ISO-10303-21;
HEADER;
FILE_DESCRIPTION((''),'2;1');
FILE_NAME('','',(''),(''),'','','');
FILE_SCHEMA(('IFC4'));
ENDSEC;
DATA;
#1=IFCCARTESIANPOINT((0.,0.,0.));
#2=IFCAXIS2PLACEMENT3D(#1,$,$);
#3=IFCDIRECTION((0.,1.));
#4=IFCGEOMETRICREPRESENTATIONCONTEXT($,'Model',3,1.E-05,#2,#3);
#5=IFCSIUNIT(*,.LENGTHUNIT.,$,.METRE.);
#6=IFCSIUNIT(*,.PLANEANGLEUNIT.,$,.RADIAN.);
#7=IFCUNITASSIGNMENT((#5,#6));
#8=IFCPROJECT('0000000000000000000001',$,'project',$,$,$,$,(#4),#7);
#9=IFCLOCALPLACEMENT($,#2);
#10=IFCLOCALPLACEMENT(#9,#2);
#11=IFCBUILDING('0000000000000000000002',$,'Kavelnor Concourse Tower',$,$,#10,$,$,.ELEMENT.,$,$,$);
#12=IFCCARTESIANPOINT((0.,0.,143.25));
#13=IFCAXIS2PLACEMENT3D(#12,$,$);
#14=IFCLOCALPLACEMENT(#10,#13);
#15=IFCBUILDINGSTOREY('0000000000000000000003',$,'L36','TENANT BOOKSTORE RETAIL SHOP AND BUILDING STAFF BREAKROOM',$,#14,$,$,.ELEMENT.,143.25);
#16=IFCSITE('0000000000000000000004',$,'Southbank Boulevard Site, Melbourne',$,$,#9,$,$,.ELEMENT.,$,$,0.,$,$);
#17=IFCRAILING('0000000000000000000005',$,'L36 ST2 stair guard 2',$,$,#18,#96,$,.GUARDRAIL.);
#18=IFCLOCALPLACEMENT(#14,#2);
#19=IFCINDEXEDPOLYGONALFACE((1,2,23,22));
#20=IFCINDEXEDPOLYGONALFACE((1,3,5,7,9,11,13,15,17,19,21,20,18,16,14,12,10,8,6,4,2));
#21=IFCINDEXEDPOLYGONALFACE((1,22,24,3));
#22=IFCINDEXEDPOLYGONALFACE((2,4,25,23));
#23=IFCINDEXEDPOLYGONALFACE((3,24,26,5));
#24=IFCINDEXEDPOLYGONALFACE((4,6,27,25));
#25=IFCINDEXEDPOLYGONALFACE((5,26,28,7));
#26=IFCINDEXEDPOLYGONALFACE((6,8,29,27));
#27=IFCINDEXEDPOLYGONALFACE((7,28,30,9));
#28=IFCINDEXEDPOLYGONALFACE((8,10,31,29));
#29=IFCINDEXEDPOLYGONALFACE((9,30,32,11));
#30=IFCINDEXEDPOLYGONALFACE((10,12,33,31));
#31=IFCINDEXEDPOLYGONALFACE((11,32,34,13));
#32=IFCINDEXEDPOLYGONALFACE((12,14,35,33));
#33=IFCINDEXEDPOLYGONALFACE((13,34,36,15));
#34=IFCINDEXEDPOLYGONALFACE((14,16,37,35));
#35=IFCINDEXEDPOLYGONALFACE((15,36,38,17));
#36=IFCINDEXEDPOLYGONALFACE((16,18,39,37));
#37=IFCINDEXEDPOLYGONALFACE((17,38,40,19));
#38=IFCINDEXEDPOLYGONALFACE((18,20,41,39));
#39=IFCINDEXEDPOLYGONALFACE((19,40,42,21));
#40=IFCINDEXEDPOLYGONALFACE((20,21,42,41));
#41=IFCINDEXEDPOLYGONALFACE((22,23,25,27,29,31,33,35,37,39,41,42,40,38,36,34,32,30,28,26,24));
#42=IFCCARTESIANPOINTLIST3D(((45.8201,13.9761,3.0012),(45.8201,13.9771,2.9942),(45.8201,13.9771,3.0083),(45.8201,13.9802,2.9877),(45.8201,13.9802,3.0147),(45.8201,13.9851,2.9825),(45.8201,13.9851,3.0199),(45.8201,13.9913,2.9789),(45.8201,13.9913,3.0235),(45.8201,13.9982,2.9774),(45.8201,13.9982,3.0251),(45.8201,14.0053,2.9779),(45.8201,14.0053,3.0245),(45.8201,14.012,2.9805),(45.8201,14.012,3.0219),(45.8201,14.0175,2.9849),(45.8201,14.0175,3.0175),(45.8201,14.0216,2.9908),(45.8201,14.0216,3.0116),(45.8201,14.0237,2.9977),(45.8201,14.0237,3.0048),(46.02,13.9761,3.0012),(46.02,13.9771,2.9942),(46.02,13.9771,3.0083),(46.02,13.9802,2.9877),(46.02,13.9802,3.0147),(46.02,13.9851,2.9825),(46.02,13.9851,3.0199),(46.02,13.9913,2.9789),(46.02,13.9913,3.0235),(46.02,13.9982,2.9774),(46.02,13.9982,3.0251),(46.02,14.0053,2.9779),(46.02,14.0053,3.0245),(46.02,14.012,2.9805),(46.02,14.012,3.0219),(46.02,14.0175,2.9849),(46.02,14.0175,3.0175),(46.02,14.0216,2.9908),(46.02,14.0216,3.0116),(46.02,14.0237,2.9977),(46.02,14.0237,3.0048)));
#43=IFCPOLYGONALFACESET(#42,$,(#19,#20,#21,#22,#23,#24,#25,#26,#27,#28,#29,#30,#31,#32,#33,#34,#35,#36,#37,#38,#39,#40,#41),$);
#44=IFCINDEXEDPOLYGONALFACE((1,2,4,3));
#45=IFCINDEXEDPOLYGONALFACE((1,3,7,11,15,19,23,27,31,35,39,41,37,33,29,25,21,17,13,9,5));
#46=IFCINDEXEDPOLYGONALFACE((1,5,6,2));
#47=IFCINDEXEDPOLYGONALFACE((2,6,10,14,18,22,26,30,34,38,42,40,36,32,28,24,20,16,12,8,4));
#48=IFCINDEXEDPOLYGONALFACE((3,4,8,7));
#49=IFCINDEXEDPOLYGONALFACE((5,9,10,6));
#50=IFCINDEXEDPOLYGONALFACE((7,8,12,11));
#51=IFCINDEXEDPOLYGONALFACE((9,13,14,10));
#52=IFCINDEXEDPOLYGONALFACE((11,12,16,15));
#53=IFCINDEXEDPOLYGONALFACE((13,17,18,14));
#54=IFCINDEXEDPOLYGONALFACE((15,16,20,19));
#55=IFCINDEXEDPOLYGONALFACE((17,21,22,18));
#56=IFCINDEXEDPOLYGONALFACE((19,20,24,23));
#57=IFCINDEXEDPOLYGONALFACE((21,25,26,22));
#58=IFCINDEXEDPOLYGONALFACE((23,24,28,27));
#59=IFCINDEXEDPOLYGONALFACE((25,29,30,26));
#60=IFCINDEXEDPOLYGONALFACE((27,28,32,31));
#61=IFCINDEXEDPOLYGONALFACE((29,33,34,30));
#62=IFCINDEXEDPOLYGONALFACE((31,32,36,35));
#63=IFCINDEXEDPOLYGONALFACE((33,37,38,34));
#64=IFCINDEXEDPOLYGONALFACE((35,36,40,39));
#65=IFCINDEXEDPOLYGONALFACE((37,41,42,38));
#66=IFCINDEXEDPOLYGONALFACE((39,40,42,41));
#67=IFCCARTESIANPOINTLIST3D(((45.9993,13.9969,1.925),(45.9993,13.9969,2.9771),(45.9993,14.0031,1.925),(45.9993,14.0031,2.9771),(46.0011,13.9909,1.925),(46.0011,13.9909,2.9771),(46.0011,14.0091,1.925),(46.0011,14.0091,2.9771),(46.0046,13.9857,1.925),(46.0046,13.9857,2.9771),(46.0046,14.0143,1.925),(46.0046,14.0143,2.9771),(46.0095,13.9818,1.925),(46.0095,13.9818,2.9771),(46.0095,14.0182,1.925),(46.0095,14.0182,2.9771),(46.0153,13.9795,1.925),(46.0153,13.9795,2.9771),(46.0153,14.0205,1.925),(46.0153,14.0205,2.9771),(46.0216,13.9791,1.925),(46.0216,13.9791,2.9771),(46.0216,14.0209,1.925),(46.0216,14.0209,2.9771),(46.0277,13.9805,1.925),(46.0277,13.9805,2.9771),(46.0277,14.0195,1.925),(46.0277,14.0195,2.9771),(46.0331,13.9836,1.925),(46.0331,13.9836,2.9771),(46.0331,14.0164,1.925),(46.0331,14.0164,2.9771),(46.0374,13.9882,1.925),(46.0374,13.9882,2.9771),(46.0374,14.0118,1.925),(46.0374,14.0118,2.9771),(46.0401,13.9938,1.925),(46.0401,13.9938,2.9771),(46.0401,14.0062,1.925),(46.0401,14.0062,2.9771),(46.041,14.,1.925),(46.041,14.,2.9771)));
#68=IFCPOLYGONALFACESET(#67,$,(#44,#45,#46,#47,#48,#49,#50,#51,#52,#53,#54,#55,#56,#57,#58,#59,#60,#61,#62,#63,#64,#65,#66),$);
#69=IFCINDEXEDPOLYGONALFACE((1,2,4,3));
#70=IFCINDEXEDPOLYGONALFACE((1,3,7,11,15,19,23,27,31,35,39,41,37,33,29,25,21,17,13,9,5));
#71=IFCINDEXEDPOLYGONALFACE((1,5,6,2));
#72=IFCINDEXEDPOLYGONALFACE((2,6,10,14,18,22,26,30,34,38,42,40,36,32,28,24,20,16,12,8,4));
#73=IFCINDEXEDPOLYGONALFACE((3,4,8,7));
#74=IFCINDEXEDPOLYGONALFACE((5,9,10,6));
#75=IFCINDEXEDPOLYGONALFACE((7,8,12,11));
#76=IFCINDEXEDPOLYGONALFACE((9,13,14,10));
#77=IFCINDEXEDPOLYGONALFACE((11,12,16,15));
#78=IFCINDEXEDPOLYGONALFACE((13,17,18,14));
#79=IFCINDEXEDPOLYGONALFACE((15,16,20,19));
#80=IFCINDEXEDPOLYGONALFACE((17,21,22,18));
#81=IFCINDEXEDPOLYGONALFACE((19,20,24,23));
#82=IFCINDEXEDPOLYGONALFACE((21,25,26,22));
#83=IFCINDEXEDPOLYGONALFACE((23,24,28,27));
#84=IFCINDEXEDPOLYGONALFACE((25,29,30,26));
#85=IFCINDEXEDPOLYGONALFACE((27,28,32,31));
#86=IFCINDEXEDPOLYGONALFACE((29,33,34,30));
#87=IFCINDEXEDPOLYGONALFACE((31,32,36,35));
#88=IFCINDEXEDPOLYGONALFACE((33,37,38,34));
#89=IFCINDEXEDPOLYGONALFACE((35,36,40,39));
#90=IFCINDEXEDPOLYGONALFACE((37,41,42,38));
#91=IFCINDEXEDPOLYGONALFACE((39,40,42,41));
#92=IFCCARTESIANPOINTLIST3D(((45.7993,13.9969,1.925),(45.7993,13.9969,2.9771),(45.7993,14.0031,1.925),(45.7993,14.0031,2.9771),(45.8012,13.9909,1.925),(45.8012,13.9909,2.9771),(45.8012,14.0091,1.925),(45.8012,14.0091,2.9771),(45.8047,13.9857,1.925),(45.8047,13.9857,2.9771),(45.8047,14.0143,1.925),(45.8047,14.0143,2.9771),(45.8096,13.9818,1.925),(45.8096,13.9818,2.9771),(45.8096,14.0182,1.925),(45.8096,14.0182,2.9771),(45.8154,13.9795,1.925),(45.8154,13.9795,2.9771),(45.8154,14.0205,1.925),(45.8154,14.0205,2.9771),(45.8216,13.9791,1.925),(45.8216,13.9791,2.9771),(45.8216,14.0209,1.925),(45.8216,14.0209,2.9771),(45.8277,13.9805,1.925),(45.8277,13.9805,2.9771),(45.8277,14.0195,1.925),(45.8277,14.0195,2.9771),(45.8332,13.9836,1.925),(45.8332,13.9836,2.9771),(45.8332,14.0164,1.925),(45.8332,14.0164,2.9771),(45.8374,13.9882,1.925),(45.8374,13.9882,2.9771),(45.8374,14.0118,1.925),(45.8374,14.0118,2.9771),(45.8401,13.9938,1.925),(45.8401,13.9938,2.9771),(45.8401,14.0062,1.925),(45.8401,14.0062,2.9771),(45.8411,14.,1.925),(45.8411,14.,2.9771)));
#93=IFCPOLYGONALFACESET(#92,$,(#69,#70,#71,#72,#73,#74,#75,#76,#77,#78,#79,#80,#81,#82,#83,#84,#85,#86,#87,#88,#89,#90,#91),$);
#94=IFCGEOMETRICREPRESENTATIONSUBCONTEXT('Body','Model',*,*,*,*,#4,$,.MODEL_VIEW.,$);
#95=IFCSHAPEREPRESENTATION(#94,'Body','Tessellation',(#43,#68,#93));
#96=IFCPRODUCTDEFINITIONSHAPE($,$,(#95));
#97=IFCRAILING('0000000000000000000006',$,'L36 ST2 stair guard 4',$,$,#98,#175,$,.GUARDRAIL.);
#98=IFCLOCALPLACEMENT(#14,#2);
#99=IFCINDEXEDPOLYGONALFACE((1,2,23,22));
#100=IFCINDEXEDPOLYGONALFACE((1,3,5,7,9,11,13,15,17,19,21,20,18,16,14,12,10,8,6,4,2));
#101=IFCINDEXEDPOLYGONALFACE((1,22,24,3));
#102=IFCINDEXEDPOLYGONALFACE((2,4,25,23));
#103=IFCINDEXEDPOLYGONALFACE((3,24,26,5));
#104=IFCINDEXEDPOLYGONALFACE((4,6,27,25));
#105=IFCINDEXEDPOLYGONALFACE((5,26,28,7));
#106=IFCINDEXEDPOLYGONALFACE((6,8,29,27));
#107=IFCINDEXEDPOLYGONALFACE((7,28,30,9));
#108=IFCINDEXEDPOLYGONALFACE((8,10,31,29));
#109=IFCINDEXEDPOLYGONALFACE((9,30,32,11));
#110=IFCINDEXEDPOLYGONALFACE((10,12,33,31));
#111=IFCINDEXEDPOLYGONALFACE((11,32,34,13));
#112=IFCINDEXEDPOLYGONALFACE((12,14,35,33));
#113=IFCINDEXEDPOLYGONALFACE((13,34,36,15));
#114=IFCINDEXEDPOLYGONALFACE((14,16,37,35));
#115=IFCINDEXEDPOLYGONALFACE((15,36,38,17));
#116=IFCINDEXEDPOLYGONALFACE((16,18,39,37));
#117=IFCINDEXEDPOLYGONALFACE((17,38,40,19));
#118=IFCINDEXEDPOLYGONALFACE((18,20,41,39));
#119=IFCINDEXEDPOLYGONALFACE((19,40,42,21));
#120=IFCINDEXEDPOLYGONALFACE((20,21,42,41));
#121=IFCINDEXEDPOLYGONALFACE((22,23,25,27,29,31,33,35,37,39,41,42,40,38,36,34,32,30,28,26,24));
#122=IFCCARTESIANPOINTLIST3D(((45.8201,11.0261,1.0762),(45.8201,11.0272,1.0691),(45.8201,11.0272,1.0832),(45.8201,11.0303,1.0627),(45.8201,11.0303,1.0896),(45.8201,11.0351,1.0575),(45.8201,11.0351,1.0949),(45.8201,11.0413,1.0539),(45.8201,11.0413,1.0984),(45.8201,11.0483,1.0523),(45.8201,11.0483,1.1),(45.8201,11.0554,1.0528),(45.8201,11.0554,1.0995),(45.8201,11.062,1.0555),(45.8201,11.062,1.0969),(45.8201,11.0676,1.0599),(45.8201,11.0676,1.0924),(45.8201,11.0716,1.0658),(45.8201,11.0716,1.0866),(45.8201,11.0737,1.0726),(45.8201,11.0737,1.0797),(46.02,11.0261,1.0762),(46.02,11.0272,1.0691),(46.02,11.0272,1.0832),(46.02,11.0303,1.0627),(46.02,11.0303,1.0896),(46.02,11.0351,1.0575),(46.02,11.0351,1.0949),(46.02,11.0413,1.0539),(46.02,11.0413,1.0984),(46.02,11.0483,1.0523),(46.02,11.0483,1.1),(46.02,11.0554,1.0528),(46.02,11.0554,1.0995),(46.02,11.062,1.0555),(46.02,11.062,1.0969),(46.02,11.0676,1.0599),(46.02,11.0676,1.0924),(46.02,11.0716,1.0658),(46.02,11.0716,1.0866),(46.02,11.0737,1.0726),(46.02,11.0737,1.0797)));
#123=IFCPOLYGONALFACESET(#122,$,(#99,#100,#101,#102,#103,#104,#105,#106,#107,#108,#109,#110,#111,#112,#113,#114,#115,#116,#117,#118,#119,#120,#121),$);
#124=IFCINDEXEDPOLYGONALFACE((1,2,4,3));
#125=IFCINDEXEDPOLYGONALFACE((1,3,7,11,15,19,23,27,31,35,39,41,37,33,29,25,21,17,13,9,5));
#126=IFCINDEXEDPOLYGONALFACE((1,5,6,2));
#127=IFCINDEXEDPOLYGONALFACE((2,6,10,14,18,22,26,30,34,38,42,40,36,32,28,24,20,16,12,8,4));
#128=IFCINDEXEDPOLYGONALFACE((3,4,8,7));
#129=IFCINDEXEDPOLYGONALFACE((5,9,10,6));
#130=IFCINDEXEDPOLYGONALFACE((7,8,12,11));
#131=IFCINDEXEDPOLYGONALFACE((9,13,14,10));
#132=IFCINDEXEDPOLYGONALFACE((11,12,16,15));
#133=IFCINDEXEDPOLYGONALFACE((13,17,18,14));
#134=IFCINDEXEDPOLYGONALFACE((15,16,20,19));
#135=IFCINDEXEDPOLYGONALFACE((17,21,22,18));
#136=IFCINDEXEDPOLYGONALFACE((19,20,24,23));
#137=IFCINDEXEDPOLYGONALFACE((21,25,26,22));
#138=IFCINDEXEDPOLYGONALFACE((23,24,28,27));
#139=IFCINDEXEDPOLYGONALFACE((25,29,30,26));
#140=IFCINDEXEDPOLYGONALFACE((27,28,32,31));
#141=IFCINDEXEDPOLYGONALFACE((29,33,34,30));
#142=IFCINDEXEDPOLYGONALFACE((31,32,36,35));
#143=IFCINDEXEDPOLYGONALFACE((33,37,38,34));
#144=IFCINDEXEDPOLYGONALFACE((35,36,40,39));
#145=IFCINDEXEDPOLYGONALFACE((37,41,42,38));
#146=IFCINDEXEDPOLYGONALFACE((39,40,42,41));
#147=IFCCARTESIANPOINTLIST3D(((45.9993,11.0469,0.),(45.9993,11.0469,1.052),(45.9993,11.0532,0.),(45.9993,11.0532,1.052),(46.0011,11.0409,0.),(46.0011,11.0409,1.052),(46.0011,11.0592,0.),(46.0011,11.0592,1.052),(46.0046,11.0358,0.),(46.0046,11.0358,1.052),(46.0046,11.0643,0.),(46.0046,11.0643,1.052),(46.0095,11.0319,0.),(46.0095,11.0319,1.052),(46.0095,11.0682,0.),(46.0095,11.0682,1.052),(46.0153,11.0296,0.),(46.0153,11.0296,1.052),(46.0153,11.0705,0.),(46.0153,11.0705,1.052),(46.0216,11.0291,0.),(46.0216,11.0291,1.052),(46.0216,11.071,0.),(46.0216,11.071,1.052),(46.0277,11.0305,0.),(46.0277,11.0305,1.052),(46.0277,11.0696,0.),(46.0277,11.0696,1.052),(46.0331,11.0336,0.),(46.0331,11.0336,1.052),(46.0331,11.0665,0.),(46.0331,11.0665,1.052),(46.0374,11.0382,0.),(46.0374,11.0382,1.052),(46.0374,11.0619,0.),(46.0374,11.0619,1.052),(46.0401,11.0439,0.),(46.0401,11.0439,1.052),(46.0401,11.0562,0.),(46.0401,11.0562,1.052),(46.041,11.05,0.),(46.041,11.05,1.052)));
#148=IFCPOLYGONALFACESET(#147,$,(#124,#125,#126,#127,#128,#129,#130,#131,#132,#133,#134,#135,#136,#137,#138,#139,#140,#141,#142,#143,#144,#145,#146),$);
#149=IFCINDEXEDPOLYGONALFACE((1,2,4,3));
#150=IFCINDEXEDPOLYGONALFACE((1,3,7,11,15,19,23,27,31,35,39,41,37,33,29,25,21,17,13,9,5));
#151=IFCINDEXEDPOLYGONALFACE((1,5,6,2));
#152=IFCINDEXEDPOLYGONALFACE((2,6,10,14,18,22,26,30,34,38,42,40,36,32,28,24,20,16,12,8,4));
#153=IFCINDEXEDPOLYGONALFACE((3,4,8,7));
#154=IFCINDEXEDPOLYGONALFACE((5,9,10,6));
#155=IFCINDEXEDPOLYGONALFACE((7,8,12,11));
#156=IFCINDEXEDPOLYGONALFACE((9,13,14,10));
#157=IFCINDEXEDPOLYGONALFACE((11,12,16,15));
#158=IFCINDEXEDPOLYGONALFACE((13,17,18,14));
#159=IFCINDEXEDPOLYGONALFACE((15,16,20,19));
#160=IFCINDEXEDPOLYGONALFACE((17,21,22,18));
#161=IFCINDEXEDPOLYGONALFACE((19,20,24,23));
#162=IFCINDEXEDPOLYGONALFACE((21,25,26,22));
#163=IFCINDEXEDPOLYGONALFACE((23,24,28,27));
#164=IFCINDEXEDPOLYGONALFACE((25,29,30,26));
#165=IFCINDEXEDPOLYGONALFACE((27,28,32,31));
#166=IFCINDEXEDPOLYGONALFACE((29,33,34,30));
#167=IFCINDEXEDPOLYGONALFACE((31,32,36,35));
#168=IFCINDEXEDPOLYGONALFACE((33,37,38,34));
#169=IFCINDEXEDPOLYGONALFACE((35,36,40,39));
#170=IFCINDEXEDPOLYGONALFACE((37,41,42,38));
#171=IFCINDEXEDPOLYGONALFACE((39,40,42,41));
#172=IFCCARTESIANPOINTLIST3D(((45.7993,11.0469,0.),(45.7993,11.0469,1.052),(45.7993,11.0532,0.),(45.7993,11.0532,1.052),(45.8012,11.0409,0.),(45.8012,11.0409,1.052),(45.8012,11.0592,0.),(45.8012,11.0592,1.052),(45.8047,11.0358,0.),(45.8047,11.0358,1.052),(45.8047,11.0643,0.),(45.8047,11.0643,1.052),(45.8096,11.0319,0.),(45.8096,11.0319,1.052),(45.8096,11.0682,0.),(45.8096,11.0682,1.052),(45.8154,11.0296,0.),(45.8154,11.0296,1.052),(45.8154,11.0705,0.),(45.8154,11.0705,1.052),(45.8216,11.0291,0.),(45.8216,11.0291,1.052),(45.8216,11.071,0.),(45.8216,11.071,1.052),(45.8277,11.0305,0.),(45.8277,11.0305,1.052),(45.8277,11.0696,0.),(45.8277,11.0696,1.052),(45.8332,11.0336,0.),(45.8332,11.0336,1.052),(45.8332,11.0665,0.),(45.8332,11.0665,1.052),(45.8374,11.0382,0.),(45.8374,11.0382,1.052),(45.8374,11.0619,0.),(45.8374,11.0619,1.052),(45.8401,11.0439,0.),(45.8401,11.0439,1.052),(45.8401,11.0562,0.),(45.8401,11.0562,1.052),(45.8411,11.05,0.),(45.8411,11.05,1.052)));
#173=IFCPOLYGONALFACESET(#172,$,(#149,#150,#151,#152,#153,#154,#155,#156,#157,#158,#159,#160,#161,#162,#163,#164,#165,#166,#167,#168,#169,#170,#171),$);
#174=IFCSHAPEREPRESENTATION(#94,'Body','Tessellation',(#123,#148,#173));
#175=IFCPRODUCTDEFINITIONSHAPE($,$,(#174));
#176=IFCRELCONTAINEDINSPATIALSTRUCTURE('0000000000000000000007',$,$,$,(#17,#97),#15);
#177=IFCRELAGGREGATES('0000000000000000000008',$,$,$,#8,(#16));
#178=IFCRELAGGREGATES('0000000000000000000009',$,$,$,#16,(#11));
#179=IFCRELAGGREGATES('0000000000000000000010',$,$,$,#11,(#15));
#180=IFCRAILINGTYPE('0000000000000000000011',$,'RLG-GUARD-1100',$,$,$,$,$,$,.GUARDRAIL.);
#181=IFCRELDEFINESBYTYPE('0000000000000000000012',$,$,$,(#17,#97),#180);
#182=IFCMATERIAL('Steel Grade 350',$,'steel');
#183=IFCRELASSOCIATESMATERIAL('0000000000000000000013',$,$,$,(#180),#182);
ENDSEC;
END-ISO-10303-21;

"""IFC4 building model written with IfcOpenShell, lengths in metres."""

from ifc_helpers import new_model, si_unit, direction, frame, origin, origin_2d, place, context, subcontext, project, spatial, circle, extrude, material, type_object, element, save


model = new_model("IFC4")

# Units and contexts
model_context = context("Model", 3, precision=1e-05, world=origin(), true_north=direction((0.0, 1.0)))
body_context = subcontext(model_context, "Body", "Model", "MODEL_VIEW")
ifc_project = project(units=[si_unit("LENGTHUNIT", "METRE"), si_unit("PLANEANGLEUNIT", "RADIAN")], contexts=[model_context])

# Site, building, storey
site_placement = place(None, origin())
site = spatial("IfcSite", under=ifc_project, at=site_placement, Name="Southbank Boulevard Site, Melbourne", CompositionType="ELEMENT", RefElevation=0.0)
building_placement = place(site_placement, origin())
building = spatial("IfcBuilding", under=site, at=building_placement, Name="Kavelnor Concourse Tower", CompositionType="ELEMENT")
storey_placement = place(building_placement, frame((0.0, 0.0, 143.25)))
storey = spatial("IfcBuildingStorey", under=building, at=storey_placement, Name="L36", Description="TENANT BOOKSTORE RETAIL SHOP AND BUILDING STAFF BREAKROOM", CompositionType="ELEMENT", Elevation=143.25)

# Shared definitions
ifc_material_1 = material(Name="Steel Grade 350", Category="steel")

# Railings
railing_type_1 = type_object("IfcRailingType", Name="RLG-GUARD-1100", PredefinedType="GUARDRAIL", material=ifc_material_1)
for number, where, name in (
    (1, (46.02, 14.0, 1.925), "L36 ST2 stair guard 2"),
    (2, (46.02, 11.05, 0.0), "L36 ST2 stair guard 4"),
):
    element("IfcRailing", number, at=place(storey_placement, frame(where)), inside=storey, type_object=railing_type_1, Name=name, PredefinedType="GUARDRAIL", context=body_context, shape_type="SweptSolid", body=[
        extrude(circle(Radius=0.0239, at=origin_2d()), frame((0.0, 0.0, 1.0762), z_axis=(-1.0, 0.0, 0.0), x_axis=(0.0, -1.0, 0.0)), (0.0, 0.0, 1.0), 0.2),
        extrude(circle(Radius=0.021, at=origin_2d()), origin(), (0.0, 0.0, 1.0), 1.052),
        extrude(circle(Radius=0.021, at=origin_2d()), frame((-0.2, 0.0, 0.0)), (0.0, 0.0, 1.0), 1.052),
    ])

save(model, "model.ifc")
